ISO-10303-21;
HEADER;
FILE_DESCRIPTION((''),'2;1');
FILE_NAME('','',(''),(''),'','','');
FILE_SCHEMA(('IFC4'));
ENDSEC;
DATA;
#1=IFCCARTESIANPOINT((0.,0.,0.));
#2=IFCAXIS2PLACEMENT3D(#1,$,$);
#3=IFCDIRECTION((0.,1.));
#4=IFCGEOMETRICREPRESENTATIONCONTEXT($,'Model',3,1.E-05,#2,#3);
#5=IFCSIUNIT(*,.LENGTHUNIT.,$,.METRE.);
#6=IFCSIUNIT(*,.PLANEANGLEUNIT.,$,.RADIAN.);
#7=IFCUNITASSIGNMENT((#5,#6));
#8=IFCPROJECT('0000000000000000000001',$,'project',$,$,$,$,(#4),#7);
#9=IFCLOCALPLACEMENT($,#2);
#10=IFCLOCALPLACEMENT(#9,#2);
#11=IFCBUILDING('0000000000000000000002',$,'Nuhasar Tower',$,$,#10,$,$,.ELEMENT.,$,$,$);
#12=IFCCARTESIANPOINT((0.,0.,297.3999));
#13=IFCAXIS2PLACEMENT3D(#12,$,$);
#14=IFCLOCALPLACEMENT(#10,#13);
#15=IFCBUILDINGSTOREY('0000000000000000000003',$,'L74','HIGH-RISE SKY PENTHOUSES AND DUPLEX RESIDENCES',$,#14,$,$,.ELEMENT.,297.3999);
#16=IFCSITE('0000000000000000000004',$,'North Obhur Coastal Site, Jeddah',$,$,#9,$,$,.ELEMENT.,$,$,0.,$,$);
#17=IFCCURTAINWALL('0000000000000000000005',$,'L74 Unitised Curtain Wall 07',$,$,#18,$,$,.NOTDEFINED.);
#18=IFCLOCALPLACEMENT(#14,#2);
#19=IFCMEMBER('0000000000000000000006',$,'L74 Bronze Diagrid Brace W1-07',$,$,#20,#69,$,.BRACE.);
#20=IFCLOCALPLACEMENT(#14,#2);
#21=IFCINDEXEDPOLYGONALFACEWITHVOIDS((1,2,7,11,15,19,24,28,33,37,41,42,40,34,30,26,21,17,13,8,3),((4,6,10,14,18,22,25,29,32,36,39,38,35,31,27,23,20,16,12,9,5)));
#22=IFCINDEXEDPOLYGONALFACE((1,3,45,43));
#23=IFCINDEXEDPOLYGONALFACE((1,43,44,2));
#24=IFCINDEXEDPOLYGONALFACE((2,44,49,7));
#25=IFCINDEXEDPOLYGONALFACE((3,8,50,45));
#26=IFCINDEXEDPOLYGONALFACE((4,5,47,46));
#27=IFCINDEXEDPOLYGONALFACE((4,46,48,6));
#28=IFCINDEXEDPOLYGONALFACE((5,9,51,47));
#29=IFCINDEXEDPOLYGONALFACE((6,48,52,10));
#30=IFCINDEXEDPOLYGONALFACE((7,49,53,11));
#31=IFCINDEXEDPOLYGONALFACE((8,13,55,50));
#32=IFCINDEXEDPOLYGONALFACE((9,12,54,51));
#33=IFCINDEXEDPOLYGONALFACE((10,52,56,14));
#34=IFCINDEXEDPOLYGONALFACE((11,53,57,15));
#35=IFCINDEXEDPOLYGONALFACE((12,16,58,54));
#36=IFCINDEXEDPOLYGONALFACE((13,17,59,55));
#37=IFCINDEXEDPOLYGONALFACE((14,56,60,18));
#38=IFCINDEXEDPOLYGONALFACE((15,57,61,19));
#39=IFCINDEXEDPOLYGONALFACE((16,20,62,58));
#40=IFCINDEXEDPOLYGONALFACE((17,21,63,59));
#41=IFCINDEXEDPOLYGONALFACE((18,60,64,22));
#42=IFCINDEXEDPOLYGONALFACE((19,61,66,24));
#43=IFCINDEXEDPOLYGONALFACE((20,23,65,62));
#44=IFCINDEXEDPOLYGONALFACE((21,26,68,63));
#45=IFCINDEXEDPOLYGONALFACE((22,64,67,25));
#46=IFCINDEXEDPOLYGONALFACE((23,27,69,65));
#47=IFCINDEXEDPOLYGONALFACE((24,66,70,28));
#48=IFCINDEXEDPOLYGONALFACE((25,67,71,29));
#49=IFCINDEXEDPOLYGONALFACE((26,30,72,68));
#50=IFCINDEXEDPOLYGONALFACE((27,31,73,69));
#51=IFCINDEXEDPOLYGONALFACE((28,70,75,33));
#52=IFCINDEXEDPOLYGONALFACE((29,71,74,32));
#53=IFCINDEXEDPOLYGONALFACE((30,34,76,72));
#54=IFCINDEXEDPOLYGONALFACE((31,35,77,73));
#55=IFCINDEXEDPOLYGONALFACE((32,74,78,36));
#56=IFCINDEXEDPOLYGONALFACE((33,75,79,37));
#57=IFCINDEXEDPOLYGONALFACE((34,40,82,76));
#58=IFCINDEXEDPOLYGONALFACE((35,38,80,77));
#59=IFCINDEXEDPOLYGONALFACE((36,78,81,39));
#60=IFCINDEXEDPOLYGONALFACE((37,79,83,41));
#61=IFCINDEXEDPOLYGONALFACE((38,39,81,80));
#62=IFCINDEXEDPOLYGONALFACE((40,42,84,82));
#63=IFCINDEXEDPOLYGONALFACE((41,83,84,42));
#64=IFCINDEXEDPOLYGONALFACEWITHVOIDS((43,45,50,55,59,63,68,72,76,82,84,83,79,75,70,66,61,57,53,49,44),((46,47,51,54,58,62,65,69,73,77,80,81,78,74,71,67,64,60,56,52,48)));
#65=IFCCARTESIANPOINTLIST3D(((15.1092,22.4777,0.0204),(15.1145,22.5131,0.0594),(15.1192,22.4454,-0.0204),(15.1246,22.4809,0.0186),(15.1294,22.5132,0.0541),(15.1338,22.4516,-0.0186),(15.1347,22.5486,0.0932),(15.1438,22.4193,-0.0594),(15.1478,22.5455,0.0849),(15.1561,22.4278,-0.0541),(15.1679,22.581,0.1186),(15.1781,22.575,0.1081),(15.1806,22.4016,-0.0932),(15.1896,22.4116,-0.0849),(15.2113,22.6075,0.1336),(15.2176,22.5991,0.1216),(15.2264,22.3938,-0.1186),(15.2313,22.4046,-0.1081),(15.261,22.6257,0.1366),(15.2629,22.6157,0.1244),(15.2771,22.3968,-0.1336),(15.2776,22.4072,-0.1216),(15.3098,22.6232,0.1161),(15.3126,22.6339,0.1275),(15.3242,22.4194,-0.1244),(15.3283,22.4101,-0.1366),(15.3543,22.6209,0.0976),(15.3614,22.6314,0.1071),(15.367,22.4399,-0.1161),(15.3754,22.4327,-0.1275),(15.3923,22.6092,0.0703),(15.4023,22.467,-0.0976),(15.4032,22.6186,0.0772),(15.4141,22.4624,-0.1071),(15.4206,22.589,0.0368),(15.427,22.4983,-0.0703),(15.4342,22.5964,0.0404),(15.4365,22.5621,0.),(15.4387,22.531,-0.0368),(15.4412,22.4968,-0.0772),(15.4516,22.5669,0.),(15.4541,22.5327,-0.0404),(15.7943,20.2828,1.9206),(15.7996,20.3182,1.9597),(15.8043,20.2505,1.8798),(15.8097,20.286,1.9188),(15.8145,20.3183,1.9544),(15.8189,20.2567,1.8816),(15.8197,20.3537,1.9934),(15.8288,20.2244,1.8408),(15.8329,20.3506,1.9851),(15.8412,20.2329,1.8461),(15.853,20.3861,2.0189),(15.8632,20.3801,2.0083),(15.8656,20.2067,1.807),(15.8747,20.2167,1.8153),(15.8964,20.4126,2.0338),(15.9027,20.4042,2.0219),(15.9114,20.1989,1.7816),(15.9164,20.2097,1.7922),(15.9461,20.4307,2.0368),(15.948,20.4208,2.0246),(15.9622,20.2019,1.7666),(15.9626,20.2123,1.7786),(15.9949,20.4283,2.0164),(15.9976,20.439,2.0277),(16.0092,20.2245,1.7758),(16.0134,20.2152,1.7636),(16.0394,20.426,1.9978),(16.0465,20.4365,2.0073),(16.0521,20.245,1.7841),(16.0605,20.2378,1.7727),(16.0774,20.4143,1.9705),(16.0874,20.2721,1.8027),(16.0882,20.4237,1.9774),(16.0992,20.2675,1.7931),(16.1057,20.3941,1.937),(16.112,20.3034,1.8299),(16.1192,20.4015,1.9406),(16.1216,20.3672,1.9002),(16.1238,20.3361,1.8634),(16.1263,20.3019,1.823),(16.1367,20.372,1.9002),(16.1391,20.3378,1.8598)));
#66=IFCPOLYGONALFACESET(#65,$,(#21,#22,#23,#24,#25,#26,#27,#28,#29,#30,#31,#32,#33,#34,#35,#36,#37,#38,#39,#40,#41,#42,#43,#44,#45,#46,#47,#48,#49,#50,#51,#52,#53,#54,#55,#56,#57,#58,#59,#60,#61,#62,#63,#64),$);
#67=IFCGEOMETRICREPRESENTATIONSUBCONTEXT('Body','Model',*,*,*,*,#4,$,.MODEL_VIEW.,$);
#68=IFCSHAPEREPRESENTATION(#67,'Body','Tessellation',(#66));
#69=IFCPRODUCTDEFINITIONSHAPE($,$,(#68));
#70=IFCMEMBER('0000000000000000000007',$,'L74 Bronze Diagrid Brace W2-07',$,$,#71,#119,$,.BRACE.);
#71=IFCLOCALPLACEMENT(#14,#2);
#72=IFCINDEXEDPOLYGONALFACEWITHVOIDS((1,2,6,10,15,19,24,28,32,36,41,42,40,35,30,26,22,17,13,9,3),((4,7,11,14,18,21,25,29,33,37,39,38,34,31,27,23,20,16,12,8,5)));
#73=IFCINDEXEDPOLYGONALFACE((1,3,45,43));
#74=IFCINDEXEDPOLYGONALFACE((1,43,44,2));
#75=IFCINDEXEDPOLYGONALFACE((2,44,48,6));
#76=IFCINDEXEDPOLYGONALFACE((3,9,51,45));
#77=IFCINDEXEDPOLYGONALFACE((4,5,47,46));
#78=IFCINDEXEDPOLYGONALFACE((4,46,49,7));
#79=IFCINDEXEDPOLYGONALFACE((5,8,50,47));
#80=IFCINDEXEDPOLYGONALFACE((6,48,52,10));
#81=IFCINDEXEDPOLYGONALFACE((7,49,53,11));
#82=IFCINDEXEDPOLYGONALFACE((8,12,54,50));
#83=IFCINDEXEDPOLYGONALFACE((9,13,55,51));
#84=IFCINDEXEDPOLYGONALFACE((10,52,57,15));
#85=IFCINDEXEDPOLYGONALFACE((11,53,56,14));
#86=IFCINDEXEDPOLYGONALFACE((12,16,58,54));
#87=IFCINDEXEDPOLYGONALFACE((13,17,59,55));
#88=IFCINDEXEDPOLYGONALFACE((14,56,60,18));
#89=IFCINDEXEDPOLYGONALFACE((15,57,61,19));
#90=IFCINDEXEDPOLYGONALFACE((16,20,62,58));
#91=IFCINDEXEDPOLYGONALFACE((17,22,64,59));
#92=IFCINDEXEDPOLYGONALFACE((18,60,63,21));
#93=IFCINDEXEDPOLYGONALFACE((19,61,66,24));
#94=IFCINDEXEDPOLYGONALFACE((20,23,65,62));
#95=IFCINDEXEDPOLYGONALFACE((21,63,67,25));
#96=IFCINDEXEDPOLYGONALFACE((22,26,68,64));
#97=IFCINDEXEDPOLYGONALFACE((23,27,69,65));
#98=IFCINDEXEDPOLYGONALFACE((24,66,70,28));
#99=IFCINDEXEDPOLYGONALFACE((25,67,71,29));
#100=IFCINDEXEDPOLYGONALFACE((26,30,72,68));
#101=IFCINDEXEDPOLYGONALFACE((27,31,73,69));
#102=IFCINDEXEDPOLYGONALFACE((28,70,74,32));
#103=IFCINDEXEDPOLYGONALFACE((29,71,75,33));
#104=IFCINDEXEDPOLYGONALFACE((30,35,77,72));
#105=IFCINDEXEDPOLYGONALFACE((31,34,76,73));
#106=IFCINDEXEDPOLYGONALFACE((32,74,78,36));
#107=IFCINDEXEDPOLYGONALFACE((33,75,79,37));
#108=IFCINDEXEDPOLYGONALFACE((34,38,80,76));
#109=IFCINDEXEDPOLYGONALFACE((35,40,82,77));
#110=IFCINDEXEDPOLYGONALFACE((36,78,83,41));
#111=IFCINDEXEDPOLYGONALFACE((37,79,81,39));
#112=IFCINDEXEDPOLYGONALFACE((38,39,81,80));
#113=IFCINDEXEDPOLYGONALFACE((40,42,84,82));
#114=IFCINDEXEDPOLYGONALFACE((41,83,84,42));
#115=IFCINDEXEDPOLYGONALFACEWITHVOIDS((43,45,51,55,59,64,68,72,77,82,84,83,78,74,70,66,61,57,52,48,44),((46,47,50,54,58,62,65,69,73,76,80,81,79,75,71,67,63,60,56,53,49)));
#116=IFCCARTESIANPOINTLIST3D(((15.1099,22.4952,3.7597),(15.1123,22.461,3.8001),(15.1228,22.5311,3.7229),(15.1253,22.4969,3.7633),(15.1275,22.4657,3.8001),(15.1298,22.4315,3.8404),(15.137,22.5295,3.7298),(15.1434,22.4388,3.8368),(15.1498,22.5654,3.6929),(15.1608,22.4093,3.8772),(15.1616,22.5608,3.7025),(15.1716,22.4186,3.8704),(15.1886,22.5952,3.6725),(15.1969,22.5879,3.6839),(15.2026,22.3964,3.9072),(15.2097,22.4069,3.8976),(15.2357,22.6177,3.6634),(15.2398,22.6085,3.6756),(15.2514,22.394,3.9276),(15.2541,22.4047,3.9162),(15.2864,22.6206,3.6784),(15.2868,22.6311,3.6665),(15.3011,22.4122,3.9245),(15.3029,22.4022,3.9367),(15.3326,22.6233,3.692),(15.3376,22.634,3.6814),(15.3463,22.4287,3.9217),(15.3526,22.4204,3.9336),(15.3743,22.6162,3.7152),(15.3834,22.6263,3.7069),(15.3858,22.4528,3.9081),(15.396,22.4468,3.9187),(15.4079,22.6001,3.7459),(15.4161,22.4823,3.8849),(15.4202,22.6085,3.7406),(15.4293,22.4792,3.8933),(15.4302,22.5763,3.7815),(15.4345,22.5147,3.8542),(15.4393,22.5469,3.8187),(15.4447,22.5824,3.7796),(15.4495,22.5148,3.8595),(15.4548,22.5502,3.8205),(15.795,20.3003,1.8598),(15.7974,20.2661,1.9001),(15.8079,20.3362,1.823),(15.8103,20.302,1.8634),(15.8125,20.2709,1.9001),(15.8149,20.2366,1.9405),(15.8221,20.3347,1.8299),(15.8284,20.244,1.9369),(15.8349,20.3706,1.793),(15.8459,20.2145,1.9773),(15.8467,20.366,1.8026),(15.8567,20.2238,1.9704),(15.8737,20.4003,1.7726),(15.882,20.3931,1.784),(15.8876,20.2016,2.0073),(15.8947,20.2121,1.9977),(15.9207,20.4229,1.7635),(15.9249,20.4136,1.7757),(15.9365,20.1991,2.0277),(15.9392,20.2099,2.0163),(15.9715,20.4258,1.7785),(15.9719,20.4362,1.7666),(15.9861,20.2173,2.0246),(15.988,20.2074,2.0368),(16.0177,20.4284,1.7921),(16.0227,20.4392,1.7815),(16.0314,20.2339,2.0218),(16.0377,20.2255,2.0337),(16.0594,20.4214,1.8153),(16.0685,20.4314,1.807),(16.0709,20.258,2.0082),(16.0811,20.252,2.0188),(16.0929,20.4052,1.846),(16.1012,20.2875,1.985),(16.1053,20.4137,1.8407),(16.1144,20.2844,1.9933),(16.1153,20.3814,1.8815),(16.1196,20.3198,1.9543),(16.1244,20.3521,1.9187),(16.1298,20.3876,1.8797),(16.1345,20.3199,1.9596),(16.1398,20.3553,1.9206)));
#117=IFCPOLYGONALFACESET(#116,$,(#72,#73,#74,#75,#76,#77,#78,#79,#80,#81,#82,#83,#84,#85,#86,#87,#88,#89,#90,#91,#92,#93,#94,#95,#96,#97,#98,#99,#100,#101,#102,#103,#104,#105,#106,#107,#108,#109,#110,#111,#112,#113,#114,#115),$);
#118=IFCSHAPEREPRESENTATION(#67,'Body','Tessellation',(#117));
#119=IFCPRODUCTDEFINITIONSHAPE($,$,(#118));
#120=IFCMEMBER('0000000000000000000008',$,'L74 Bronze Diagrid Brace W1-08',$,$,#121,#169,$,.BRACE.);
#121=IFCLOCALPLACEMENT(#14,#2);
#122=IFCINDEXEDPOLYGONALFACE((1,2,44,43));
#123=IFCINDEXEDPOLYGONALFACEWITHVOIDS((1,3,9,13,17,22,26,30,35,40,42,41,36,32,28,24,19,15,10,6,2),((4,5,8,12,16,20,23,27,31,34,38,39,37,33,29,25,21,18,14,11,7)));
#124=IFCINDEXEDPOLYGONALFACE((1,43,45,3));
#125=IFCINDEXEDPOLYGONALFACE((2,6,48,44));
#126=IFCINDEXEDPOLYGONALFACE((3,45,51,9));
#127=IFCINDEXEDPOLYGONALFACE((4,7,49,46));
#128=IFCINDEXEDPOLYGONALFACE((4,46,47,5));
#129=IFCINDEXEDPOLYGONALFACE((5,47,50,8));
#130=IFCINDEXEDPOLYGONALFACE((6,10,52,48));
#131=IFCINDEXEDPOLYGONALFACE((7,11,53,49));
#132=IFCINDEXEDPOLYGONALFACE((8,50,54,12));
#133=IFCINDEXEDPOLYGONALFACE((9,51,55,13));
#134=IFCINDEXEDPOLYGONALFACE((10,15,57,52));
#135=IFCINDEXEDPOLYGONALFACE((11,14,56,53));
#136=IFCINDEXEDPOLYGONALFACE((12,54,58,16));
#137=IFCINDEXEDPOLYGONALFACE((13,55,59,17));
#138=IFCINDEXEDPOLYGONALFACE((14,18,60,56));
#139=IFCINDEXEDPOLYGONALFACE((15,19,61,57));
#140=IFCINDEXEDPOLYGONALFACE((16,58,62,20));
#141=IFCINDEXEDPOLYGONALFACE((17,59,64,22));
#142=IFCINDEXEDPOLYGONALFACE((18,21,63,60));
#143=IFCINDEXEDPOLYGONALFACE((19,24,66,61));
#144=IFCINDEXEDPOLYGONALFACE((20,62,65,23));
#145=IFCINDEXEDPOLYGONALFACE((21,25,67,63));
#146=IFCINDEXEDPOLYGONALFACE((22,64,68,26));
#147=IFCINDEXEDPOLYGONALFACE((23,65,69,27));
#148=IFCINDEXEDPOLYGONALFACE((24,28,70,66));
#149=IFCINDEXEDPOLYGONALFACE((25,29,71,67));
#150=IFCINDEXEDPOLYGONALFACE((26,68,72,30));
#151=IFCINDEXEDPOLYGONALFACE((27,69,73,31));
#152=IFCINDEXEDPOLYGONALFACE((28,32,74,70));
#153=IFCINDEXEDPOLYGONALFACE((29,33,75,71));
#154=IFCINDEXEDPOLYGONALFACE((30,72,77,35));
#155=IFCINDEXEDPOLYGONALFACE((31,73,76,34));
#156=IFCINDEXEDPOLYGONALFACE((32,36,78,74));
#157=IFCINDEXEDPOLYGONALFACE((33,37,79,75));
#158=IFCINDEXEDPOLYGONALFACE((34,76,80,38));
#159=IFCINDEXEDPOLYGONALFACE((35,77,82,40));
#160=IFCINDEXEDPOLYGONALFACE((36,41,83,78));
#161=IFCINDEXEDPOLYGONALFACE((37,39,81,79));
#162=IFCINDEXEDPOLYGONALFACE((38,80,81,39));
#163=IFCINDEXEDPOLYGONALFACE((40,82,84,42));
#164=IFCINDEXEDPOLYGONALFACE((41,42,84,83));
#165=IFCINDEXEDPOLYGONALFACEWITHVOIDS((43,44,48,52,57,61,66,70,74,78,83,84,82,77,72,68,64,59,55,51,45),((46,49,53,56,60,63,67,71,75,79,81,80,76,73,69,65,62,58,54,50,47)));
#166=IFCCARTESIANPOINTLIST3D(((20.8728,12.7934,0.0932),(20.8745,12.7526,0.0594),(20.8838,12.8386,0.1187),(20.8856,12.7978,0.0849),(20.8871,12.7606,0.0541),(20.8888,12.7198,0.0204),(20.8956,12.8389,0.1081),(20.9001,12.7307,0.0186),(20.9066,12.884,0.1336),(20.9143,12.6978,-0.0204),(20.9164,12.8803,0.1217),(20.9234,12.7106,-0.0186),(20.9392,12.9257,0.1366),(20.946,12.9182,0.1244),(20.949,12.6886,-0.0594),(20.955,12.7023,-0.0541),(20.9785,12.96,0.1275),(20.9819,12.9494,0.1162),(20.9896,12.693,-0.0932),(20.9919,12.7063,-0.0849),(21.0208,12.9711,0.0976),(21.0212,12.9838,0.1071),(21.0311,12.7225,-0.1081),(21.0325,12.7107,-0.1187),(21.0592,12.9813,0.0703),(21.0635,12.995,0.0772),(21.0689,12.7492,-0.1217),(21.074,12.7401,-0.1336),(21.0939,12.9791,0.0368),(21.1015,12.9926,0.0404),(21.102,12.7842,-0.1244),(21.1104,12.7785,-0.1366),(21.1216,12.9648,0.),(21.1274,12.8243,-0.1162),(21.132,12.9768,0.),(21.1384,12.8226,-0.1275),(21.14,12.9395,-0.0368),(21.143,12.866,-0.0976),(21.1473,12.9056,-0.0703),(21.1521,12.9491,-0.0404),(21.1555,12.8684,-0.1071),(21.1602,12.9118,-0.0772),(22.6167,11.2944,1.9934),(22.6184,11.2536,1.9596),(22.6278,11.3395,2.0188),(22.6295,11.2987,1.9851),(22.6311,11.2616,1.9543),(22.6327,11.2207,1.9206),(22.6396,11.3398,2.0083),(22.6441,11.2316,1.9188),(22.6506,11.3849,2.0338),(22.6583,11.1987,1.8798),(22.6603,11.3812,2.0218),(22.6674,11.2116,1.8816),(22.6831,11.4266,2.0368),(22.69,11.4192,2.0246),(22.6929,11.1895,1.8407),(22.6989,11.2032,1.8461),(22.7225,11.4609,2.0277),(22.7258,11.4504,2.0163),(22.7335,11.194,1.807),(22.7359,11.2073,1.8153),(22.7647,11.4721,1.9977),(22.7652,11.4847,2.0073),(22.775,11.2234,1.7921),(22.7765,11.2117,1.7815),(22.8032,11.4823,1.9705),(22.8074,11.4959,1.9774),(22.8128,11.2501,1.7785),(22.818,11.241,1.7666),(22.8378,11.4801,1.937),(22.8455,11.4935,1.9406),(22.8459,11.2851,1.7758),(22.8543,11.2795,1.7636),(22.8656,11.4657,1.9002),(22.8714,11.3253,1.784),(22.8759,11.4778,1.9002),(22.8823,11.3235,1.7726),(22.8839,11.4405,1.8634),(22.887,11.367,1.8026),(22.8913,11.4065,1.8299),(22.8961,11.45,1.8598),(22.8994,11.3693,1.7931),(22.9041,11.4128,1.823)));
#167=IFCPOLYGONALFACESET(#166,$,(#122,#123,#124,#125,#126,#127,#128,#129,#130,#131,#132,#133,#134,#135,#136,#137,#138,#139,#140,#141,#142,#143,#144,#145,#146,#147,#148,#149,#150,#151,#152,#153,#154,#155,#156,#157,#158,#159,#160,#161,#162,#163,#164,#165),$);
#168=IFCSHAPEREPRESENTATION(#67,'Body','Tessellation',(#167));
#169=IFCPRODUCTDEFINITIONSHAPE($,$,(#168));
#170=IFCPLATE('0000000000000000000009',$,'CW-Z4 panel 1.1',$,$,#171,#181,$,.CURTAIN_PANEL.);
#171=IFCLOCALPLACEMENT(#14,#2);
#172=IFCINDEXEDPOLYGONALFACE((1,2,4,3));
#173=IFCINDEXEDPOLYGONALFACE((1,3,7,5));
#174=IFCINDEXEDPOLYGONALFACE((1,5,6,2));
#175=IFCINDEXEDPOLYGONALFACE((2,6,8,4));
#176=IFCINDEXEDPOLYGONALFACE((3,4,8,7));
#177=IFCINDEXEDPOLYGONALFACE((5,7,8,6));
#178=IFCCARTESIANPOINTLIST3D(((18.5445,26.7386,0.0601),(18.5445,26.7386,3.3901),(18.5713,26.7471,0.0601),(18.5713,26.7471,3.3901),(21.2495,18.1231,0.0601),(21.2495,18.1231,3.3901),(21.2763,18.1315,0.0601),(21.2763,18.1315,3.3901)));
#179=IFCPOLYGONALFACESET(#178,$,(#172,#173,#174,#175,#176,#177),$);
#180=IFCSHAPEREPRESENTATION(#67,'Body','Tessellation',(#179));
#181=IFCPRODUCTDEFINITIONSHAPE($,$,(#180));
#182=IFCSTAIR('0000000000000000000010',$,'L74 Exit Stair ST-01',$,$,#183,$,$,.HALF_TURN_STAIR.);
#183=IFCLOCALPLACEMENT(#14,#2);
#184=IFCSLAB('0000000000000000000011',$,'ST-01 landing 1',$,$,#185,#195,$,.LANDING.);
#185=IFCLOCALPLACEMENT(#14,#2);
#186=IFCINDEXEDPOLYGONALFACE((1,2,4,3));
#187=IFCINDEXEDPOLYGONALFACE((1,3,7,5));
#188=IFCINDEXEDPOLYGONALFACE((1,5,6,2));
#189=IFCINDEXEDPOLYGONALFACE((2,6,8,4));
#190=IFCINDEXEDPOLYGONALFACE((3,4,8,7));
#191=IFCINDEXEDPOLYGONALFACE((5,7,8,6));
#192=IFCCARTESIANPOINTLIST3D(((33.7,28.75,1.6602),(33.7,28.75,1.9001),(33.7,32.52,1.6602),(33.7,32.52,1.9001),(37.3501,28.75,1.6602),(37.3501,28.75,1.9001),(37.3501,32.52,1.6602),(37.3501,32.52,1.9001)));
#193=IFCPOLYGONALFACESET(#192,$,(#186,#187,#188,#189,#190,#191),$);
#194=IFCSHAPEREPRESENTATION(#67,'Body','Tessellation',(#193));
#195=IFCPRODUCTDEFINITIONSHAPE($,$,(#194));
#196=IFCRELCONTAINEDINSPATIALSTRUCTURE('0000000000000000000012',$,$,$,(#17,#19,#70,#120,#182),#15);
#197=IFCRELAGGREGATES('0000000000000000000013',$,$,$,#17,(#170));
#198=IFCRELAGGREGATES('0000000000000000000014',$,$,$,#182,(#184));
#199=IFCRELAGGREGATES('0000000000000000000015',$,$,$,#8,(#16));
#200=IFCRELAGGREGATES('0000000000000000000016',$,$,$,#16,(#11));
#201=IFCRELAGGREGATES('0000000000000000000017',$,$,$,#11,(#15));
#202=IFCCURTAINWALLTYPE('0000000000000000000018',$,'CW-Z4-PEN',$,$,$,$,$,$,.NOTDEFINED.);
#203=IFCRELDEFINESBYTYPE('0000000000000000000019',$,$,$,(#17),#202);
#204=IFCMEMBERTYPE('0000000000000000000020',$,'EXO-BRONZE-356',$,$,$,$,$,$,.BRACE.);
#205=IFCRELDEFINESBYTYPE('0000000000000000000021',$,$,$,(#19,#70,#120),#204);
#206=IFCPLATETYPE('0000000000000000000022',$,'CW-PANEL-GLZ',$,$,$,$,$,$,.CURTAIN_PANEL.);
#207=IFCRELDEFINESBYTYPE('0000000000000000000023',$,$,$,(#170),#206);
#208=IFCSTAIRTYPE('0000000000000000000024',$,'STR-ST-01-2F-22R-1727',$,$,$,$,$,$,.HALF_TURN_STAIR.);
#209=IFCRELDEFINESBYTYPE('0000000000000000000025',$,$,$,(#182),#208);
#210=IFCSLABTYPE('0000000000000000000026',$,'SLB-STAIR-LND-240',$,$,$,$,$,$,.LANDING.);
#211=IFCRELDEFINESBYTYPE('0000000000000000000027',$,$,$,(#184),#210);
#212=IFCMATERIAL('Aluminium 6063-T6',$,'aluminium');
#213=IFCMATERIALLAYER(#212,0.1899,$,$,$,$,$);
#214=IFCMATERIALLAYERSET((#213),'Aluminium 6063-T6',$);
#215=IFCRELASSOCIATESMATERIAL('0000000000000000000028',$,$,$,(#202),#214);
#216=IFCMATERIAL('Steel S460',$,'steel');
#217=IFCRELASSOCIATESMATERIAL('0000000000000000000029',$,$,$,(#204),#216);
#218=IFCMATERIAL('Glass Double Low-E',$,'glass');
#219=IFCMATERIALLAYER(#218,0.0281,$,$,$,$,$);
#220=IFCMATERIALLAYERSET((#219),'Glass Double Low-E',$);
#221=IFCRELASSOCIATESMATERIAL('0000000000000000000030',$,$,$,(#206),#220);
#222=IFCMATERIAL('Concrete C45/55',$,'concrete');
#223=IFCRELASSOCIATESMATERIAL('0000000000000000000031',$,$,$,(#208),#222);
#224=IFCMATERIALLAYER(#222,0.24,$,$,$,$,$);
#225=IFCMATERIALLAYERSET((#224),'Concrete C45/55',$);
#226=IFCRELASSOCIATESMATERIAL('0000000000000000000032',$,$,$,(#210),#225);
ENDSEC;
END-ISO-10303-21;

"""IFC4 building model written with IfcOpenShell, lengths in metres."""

from ifc_helpers import new_model, si_unit, direction, frame, origin, origin_2d, place, context, subcontext, project, spatial, polyline, rectangle, hollow_circle, outline, extrude, material, layer, layer_set, material_profile, profile_set, type_object, element, aggregate, save


model = new_model("IFC4")

# Units and contexts
model_context = context("Model", 3, precision=1e-05, world=origin(), true_north=direction((0.0, 1.0)))
body_context = subcontext(model_context, "Body", "Model", "MODEL_VIEW")
ifc_project = project(units=[si_unit("LENGTHUNIT", "METRE"), si_unit("PLANEANGLEUNIT", "RADIAN")], contexts=[model_context])

# Site, building, storey
site_placement = place(None, origin())
site = spatial("IfcSite", under=ifc_project, at=site_placement, Name="North Obhur Coastal Site, Jeddah", CompositionType="ELEMENT", RefElevation=0.0)
building_placement = place(site_placement, origin())
building = spatial("IfcBuilding", under=site, at=building_placement, Name="Nuhasar Tower", CompositionType="ELEMENT")
storey_placement = place(building_placement, frame((0.0, 0.0, 297.3999)))
storey = spatial("IfcBuildingStorey", under=building, at=storey_placement, Name="L74", Description="HIGH-RISE SKY PENTHOUSES AND DUPLEX RESIDENCES", CompositionType="ELEMENT", Elevation=297.3999)

# Curtain wall
ifc_material_1 = material(Name="Aluminium 6063-T6", Category="aluminium")
ifc_layer_1 = layer(ifc_material_1, 0.1899)
ifc_layer_set_1 = layer_set([ifc_layer_1], Name="Aluminium 6063-T6")
curtain_wall_type = type_object("IfcCurtainWallType", Name="CW-Z4-PEN", PredefinedType="NOTDEFINED", material=ifc_layer_set_1)
curtain_wall_1_placement = place(storey_placement, origin())
curtain_wall_1 = element("IfcCurtainWall", 1, at=curtain_wall_1_placement, inside=storey, type_object=curtain_wall_type, Name="L74 Unitised Curtain Wall 07", PredefinedType="NOTDEFINED")

# Members
ifc_material_2 = material(Name="Steel S460", Category="steel")
ifc_material_profile_1 = material_profile(ifc_material_2, hollow_circle(Radius=0.1777, WallThickness=0.0159, at=origin_2d()), Name="HSS355.6X15.9")
ifc_profile_set_1 = profile_set([ifc_material_profile_1], Name="Steel S460")
member_type_1 = type_object("IfcMemberType", Name="EXO-BRONZE-356", PredefinedType="BRACE", material=ifc_profile_set_1)
member_1_placement = place(storey_placement, frame((15.282, 22.5139, 0.0), z_axis=(0.229669, -0.735826, 0.637034), x_axis=(0.954582, 0.297948, 0.0)))
element("IfcMember", 2, at=member_1_placement, inside=storey, type_object=member_type_1, Name="L74 Bronze Diagrid Brace W1-07", PredefinedType="BRACE", context=body_context, shape_type="SweptSolid", body=[
    extrude(hollow_circle(Radius=0.1777, WallThickness=0.0159, at=origin_2d()), origin(), (0.0, 0.0, 1.0), 2.9829),
])
member_2_placement = place(storey_placement, frame((15.967, 20.3191, 1.9001), z_axis=(-0.229681, 0.735864, 0.636985), x_axis=(-0.954582, -0.297948, 0.0)))
element("IfcMember", 3, at=member_2_placement, inside=storey, type_object=member_type_1, Name="L74 Bronze Diagrid Brace W2-07", PredefinedType="BRACE", context=body_context, shape_type="SweptSolid", body=[
    extrude(hollow_circle(Radius=0.1777, WallThickness=0.0159, at=origin_2d()), origin(), (0.0, 0.0, 1.0), 2.9827),
])
member_3_placement = place(storey_placement, frame((21.0161, 12.842, 0.0), z_axis=(0.584595, -0.502508, 0.636973), x_axis=(0.651857, 0.758342, 0.0)))
element("IfcMember", 4, at=member_3_placement, inside=storey, type_object=member_type_1, Name="L74 Bronze Diagrid Brace W1-08", PredefinedType="BRACE", context=body_context, shape_type="SweptSolid", body=[
    extrude(hollow_circle(Radius=0.1777, WallThickness=0.0159, at=origin_2d()), origin(), (0.0, 0.0, 1.0), 2.9832),
])

# Plate
ifc_material_3 = material(Name="Glass Double Low-E", Category="glass")
ifc_layer_2 = layer(ifc_material_3, 0.0281)
ifc_layer_set_2 = layer_set([ifc_layer_2], Name="Glass Double Low-E")
plate_type = type_object("IfcPlateType", Name="CW-PANEL-GLZ", PredefinedType="CURTAIN_PANEL", material=ifc_layer_set_2)
plate_placement = place(storey_placement, frame((19.9104, 22.4351, 0.0601), z_axis=(0.0, 0.0, 1.0), x_axis=(0.299557, -0.954079, 0.0)))
plate = element("IfcPlate", 5, at=plate_placement, type_object=plate_type, Name="CW-Z4 panel 1.1", PredefinedType="CURTAIN_PANEL", context=body_context, shape_type="SweptSolid", body=[
    extrude(rectangle(XDim=9.0303, YDim=0.0281, at=origin_2d()), origin(), (0.0, 0.0, 1.0), 3.3301),
])
aggregate(curtain_wall_1, [plate])

# Stair, slab
ifc_material_4 = material(Name="Concrete C45/55", Category="concrete")
stair_type_1 = type_object("IfcStairType", Name="STR-ST-01-2F-22R-1727", PredefinedType="HALF_TURN_STAIR", material=ifc_material_4)
stair_1_placement = place(storey_placement, origin())
stair_1 = element("IfcStair", 6, at=stair_1_placement, inside=storey, type_object=stair_type_1, Name="L74 Exit Stair ST-01", PredefinedType="HALF_TURN_STAIR")
ifc_layer_3 = layer(ifc_material_4, 0.24)
ifc_layer_set_3 = layer_set([ifc_layer_3], Name="Concrete C45/55")
slab_type_1 = type_object("IfcSlabType", Name="SLB-STAIR-LND-240", PredefinedType="LANDING", material=ifc_layer_set_3)
slab_1_placement = place(storey_placement, frame((0.0, 0.0, 1.6602)))
slab_1 = element("IfcSlab", 7, at=slab_1_placement, type_object=slab_type_1, Name="ST-01 landing 1", PredefinedType="LANDING", context=body_context, shape_type="SweptSolid", body=[
    extrude(outline(polyline([(33.7, 28.75), (37.3501, 28.75), (37.3501, 32.52), (33.7, 32.52), (33.7, 28.75)])), origin(), (0.0, 0.0, 1.0), 0.24),
])
aggregate(stair_1, [slab_1])

save(model, "model.ifc")
